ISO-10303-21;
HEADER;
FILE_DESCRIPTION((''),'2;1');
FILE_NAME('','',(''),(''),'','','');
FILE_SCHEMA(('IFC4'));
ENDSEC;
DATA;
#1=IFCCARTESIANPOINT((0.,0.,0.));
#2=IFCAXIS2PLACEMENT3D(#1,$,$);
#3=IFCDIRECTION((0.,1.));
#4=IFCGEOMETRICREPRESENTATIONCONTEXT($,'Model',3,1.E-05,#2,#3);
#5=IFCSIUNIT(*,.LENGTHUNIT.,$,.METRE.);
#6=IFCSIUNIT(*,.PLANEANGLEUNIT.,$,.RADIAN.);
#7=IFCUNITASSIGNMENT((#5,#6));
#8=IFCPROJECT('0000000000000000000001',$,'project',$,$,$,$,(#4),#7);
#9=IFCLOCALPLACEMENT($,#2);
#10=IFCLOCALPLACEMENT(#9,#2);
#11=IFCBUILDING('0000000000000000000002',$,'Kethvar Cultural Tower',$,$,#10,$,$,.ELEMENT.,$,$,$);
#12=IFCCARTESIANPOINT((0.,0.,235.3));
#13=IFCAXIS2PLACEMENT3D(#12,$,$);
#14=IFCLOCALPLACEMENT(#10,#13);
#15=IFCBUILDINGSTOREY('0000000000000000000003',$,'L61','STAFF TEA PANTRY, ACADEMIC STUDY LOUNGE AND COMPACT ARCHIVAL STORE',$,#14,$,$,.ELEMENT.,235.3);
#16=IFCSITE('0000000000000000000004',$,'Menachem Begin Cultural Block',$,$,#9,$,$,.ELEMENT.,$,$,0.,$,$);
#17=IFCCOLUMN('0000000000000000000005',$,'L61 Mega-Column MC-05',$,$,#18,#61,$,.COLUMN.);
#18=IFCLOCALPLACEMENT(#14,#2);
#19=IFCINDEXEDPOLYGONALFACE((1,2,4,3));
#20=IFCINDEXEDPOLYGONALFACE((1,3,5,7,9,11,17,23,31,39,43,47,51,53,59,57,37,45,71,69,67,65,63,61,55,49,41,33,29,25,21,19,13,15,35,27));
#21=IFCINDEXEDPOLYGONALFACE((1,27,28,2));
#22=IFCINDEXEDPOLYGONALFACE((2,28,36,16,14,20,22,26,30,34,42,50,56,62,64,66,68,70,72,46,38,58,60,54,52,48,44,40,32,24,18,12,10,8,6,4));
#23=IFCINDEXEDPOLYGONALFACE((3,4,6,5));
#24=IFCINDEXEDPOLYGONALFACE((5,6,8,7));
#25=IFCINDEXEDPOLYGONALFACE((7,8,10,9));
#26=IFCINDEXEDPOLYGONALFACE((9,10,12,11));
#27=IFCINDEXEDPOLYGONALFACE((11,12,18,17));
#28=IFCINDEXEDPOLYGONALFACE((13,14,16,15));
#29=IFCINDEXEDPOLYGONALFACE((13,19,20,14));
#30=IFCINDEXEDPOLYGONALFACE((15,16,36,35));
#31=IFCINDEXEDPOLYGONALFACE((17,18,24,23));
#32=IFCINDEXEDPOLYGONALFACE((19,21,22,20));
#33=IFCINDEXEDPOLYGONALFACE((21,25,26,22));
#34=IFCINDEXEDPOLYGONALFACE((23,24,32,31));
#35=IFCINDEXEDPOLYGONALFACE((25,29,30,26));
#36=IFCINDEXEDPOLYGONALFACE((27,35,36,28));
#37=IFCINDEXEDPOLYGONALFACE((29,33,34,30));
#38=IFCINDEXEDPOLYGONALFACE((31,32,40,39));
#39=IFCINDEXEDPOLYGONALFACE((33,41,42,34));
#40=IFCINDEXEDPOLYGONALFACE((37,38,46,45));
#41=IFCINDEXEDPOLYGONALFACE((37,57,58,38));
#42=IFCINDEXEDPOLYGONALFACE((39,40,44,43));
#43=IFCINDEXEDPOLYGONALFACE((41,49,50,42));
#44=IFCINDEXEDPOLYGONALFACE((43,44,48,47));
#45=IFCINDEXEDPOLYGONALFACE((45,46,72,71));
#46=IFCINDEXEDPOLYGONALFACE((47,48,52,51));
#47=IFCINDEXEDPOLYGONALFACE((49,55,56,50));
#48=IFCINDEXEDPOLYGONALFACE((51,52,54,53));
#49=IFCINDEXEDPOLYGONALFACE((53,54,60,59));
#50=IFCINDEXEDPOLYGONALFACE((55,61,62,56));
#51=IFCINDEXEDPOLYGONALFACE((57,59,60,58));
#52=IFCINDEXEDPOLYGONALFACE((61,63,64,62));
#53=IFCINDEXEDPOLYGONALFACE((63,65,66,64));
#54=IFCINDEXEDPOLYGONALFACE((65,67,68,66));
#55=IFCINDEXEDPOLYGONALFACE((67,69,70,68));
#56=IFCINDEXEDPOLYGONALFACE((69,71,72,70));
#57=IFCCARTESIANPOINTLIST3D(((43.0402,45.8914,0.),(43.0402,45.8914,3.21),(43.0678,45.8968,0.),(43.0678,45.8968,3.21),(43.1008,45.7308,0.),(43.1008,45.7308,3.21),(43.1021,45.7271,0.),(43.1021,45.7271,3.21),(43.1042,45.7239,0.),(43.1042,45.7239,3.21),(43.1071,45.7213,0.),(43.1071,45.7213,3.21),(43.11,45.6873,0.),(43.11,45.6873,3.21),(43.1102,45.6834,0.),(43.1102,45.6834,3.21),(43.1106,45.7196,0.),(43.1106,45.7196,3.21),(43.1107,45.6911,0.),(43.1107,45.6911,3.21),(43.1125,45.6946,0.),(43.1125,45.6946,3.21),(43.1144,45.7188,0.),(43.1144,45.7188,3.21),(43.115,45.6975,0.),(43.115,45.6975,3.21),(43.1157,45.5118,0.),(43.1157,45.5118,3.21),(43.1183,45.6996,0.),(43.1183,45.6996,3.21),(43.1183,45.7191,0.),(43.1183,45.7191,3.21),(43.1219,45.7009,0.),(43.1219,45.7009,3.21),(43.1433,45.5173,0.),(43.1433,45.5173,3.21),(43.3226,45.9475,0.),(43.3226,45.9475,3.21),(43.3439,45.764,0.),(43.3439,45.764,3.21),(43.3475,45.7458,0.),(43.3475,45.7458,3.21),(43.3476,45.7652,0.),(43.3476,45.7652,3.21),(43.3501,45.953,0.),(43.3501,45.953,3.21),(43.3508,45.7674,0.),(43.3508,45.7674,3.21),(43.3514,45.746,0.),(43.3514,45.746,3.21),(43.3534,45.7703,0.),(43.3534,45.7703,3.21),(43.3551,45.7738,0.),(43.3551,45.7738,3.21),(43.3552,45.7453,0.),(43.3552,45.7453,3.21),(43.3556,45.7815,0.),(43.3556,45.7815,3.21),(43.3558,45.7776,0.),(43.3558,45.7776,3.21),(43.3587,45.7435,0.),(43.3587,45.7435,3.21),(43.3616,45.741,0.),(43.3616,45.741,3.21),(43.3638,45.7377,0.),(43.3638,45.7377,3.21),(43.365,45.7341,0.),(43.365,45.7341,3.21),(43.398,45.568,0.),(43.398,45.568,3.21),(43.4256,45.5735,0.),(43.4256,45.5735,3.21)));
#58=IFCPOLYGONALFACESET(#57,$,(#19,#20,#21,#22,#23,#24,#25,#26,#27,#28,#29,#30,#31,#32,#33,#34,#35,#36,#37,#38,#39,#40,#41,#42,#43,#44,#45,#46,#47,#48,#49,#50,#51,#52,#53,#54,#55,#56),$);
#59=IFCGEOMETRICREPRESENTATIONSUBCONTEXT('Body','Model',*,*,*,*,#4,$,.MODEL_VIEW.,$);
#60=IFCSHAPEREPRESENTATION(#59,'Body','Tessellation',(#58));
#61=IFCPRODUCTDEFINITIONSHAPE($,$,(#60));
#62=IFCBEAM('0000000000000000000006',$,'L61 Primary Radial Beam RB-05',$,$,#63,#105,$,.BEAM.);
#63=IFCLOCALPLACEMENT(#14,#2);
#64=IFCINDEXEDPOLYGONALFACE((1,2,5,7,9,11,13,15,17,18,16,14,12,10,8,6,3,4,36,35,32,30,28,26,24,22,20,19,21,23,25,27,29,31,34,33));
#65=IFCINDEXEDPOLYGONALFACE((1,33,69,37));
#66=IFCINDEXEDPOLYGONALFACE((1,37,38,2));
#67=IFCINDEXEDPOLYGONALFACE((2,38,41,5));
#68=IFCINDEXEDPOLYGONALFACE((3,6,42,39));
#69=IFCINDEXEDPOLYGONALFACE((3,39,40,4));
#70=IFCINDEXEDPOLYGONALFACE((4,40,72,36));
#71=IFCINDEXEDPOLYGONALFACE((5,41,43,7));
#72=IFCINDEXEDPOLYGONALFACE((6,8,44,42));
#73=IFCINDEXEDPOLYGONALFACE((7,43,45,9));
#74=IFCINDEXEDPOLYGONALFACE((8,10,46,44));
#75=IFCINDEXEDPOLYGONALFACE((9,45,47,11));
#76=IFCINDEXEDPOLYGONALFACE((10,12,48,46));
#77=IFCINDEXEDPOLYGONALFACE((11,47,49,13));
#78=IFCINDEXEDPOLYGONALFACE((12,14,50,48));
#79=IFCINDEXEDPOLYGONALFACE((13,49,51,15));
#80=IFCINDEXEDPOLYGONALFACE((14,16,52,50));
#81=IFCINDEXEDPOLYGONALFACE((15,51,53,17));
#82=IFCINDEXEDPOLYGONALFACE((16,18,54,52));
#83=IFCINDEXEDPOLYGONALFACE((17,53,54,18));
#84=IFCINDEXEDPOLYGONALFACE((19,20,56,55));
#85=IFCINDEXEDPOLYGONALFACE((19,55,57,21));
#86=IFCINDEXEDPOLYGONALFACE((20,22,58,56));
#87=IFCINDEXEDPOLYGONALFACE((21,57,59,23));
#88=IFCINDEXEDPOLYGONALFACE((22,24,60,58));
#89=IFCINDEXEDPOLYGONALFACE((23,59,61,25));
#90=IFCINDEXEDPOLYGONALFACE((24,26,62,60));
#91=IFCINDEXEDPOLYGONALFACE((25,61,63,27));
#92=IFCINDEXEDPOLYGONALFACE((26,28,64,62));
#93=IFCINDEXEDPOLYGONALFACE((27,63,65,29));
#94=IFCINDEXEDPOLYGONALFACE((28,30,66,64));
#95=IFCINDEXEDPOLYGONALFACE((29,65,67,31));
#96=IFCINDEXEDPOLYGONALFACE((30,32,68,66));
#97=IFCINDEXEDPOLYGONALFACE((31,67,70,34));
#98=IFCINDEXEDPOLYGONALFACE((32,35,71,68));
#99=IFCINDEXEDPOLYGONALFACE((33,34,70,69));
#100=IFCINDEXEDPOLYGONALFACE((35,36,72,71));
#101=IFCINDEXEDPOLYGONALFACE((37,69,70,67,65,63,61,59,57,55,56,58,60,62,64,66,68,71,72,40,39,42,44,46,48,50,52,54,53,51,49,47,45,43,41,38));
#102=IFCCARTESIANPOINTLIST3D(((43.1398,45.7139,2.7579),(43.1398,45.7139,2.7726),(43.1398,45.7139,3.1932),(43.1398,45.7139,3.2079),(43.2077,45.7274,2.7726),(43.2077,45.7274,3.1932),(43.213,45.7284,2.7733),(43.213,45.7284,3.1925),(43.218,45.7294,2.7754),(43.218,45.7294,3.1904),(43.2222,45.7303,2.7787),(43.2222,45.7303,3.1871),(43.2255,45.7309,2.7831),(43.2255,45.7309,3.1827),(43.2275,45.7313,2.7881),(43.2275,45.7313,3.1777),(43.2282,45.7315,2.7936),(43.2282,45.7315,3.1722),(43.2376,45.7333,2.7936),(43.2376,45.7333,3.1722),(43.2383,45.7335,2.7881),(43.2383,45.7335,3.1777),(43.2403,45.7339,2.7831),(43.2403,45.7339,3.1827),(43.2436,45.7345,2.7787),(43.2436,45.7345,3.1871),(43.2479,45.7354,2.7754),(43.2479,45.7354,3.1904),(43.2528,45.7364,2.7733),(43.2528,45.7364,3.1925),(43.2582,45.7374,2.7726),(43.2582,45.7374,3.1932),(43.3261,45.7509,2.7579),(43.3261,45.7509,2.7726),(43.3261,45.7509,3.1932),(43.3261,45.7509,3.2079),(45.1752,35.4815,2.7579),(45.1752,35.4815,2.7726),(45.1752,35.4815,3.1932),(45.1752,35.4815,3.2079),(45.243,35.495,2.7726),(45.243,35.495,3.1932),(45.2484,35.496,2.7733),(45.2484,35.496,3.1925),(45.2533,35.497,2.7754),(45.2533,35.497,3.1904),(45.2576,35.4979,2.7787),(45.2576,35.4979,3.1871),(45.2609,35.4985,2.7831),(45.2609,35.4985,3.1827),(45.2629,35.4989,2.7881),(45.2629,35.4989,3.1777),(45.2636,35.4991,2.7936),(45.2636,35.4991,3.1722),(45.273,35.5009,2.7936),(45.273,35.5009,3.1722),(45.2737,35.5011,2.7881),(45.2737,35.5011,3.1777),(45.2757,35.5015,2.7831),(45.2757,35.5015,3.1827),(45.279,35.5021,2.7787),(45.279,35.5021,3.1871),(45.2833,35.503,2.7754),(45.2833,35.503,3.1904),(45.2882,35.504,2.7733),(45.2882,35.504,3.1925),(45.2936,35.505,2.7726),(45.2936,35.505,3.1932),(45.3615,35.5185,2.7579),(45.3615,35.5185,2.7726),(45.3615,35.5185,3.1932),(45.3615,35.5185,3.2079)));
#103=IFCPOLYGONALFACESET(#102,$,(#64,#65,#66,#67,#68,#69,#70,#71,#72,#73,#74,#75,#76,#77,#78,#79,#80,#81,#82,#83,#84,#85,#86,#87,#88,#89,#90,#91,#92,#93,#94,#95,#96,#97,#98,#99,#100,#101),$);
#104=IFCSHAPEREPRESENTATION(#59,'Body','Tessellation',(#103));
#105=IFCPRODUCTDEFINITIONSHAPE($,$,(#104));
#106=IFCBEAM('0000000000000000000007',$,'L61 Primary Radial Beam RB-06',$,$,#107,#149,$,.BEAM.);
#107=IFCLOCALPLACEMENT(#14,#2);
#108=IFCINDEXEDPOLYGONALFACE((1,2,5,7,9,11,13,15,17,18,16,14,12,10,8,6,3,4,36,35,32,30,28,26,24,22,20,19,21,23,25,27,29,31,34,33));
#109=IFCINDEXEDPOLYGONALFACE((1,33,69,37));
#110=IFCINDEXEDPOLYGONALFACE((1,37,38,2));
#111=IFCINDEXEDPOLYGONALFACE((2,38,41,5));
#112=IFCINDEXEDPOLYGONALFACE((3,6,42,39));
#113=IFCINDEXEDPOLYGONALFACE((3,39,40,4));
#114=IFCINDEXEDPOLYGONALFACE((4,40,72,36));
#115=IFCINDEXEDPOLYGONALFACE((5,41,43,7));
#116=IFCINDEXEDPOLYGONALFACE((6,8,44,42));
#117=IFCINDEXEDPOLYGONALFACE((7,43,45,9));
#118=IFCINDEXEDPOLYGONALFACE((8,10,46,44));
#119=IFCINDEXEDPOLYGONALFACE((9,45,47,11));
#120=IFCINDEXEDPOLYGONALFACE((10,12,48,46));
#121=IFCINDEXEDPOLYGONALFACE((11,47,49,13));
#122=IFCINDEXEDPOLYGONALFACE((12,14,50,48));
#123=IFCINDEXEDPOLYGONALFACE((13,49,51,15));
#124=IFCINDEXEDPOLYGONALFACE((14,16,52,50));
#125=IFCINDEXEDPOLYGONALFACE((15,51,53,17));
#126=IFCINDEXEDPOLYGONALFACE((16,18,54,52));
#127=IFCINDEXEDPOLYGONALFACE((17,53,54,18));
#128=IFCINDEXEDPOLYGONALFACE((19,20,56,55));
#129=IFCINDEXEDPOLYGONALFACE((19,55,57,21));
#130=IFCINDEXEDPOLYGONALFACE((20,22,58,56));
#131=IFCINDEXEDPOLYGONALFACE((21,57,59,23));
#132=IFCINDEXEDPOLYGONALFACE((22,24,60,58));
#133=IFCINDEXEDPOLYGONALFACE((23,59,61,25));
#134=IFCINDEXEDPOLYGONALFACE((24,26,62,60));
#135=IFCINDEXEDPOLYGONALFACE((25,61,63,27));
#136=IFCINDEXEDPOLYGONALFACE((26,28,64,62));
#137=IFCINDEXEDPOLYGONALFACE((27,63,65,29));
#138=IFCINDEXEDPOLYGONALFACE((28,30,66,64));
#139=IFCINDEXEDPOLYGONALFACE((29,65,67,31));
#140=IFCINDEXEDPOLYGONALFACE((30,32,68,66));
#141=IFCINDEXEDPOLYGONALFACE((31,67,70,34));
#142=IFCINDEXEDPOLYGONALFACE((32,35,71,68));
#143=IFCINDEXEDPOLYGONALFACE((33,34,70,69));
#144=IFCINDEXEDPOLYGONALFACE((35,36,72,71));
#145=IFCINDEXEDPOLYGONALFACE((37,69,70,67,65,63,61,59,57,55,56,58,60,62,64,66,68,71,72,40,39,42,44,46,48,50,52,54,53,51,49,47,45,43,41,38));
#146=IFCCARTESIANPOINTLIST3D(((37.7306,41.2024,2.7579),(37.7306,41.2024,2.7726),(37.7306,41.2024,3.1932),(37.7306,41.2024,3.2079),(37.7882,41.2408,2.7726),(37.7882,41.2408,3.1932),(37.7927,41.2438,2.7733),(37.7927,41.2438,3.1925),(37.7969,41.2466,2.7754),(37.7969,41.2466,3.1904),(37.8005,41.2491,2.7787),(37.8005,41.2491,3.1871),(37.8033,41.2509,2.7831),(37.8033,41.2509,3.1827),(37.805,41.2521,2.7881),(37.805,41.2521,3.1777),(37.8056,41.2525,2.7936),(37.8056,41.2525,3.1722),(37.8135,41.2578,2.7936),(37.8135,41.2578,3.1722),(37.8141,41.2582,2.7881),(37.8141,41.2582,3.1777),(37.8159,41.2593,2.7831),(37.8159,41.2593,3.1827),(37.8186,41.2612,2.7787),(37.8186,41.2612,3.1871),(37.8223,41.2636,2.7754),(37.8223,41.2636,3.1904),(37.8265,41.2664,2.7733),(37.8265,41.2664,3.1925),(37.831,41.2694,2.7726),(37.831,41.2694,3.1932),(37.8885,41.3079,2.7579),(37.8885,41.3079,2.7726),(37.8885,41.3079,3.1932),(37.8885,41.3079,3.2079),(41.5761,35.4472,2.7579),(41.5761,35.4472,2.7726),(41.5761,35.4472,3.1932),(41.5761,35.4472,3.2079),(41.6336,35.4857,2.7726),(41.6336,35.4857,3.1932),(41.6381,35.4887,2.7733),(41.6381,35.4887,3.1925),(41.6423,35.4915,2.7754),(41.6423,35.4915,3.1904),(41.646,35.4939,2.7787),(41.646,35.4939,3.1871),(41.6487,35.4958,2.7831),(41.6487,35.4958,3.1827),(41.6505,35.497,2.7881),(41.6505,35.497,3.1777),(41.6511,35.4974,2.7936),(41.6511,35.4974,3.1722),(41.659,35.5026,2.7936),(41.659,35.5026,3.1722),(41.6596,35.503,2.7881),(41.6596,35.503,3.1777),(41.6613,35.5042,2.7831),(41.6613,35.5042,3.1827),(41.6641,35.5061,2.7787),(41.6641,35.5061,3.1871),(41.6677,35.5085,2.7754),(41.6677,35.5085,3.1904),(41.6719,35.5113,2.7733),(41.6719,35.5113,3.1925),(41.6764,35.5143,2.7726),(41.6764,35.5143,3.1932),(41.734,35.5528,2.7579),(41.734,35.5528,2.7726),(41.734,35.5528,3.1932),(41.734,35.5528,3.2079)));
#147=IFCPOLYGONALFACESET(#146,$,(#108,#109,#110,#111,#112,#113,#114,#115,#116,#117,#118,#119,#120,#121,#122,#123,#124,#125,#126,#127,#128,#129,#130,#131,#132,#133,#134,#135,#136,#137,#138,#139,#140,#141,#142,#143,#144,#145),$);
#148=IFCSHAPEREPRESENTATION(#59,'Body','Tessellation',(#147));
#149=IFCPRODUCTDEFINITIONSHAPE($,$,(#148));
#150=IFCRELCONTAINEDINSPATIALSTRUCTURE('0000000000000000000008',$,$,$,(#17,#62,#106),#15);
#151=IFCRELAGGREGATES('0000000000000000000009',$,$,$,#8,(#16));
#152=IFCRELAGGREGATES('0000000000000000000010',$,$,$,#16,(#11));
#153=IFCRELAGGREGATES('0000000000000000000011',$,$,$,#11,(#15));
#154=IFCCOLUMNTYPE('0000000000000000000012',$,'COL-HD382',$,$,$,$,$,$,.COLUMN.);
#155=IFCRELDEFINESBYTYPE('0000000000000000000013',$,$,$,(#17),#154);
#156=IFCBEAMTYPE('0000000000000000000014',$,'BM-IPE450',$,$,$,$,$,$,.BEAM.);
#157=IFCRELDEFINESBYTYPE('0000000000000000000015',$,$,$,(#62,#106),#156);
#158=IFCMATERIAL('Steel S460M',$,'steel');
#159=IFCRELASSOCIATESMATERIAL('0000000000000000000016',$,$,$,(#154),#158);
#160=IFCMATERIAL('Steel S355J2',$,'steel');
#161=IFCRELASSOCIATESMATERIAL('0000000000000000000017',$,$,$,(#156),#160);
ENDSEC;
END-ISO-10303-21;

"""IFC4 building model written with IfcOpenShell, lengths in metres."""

from ifc_helpers import new_model, si_unit, direction, frame, origin, origin_2d, place, context, subcontext, project, spatial, i_section, extrude, source, transform, mapped, material, material_profile, profile_set, type_object, element, save


model = new_model("IFC4")

# Units and contexts
model_context = context("Model", 3, precision=1e-05, world=origin(), true_north=direction((0.0, 1.0)))
body_context = subcontext(model_context, "Body", "Model", "MODEL_VIEW")
ifc_project = project(units=[si_unit("LENGTHUNIT", "METRE"), si_unit("PLANEANGLEUNIT", "RADIAN")], contexts=[model_context])

# Site, building, storey
site_placement = place(None, origin())
site = spatial("IfcSite", under=ifc_project, at=site_placement, Name="Menachem Begin Cultural Block", CompositionType="ELEMENT", RefElevation=0.0)
building_placement = place(site_placement, origin())
building = spatial("IfcBuilding", under=site, at=building_placement, Name="Kethvar Cultural Tower", CompositionType="ELEMENT")
storey_placement = place(building_placement, frame((0.0, 0.0, 235.3)))
storey = spatial("IfcBuildingStorey", under=building, at=storey_placement, Name="L61", Description="STAFF TEA PANTRY, ACADEMIC STUDY LOUNGE AND COMPACT ARCHIVAL STORE", CompositionType="ELEMENT", Elevation=235.3)

# Column
ifc_material_1 = material(Name="Steel S460M", Category="steel")
ifc_material_profile_1 = material_profile(ifc_material_1, i_section(OverallWidth=0.387, OverallDepth=0.3159, WebThickness=0.0186, FlangeThickness=0.0281, FilletRadius=0.0149, at=origin_2d()), Name="Steel S460M — HD400x382")
ifc_profile_set_1 = profile_set([ifc_material_profile_1], Name="Steel S460M — HD400x382")
column_type = type_object("IfcColumnType", Name="COL-HD382", PredefinedType="COLUMN", material=ifc_profile_set_1)
shared_shape_1 = source(origin(), body_context, "Body", "SweptSolid", [
    extrude(i_section(OverallWidth=0.387, OverallDepth=0.3159, WebThickness=0.0186, FlangeThickness=0.0281, FilletRadius=0.0149, at=origin_2d()), origin(), (0.0, 0.0, 1.0), 3.21),
])
column_placement = place(storey_placement, frame((43.2329, 45.7324, 0.0), z_axis=(0.0, 0.0, 1.0), x_axis=(-0.19509, 0.980785, 0.0)))
element("IfcColumn", 1, at=column_placement, inside=storey, type_object=column_type, Name="L61 Mega-Column MC-05", PredefinedType="COLUMN", context=body_context, shape_type="MappedRepresentation", body=[
    mapped(shared_shape_1, transform((0.0, 0.0, 0.0), scale=1.0)),
])

# Beams
ifc_material_2 = material(Name="Steel S355J2", Category="steel")
ifc_material_profile_2 = material_profile(ifc_material_2, i_section(OverallWidth=0.1899, OverallDepth=0.45, WebThickness=0.0095, FlangeThickness=0.0146, FilletRadius=0.021, at=origin_2d()), Name="Steel S355J2 — IPE450")
ifc_profile_set_2 = profile_set([ifc_material_profile_2], Name="Steel S355J2 — IPE450")
beam_type_1 = type_object("IfcBeamType", Name="BM-IPE450", PredefinedType="BEAM", material=ifc_profile_set_2)
shared_shape_2 = source(origin(), body_context, "Body", "SweptSolid", [
    extrude(i_section(OverallWidth=0.1899, OverallDepth=0.45, WebThickness=0.0095, FlangeThickness=0.0146, FilletRadius=0.021, at=origin_2d()), origin(), (0.0, 0.0, 1.0), 10.4329),
])
beam_1_placement = place(storey_placement, frame((45.2683, 35.5, 2.9829), z_axis=(-0.195094, 0.980784, 0.0), x_axis=(-0.980784, -0.195094, 0.0)))
element("IfcBeam", 2, at=beam_1_placement, inside=storey, type_object=beam_type_1, Name="L61 Primary Radial Beam RB-05", PredefinedType="BEAM", context=body_context, shape_type="MappedRepresentation", body=[
    mapped(shared_shape_2, transform((0.0, 0.0, 0.0), scale=1.0)),
])
shared_shape_3 = source(origin(), body_context, "Body", "SweptSolid", [
    extrude(i_section(OverallWidth=0.1899, OverallDepth=0.45, WebThickness=0.0095, FlangeThickness=0.0146, FilletRadius=0.021, at=origin_2d()), origin(), (0.0, 0.0, 1.0), 6.9216),
])
beam_2_placement = place(storey_placement, frame((41.655, 35.5, 2.9829), z_axis=(-0.555571, 0.831469, 0.0), x_axis=(-0.831469, -0.555571, 0.0)))
element("IfcBeam", 3, at=beam_2_placement, inside=storey, type_object=beam_type_1, Name="L61 Primary Radial Beam RB-06", PredefinedType="BEAM", context=body_context, shape_type="MappedRepresentation", body=[
    mapped(shared_shape_3, transform((0.0, 0.0, 0.0), scale=1.0)),
])

save(model, "model.ifc")
